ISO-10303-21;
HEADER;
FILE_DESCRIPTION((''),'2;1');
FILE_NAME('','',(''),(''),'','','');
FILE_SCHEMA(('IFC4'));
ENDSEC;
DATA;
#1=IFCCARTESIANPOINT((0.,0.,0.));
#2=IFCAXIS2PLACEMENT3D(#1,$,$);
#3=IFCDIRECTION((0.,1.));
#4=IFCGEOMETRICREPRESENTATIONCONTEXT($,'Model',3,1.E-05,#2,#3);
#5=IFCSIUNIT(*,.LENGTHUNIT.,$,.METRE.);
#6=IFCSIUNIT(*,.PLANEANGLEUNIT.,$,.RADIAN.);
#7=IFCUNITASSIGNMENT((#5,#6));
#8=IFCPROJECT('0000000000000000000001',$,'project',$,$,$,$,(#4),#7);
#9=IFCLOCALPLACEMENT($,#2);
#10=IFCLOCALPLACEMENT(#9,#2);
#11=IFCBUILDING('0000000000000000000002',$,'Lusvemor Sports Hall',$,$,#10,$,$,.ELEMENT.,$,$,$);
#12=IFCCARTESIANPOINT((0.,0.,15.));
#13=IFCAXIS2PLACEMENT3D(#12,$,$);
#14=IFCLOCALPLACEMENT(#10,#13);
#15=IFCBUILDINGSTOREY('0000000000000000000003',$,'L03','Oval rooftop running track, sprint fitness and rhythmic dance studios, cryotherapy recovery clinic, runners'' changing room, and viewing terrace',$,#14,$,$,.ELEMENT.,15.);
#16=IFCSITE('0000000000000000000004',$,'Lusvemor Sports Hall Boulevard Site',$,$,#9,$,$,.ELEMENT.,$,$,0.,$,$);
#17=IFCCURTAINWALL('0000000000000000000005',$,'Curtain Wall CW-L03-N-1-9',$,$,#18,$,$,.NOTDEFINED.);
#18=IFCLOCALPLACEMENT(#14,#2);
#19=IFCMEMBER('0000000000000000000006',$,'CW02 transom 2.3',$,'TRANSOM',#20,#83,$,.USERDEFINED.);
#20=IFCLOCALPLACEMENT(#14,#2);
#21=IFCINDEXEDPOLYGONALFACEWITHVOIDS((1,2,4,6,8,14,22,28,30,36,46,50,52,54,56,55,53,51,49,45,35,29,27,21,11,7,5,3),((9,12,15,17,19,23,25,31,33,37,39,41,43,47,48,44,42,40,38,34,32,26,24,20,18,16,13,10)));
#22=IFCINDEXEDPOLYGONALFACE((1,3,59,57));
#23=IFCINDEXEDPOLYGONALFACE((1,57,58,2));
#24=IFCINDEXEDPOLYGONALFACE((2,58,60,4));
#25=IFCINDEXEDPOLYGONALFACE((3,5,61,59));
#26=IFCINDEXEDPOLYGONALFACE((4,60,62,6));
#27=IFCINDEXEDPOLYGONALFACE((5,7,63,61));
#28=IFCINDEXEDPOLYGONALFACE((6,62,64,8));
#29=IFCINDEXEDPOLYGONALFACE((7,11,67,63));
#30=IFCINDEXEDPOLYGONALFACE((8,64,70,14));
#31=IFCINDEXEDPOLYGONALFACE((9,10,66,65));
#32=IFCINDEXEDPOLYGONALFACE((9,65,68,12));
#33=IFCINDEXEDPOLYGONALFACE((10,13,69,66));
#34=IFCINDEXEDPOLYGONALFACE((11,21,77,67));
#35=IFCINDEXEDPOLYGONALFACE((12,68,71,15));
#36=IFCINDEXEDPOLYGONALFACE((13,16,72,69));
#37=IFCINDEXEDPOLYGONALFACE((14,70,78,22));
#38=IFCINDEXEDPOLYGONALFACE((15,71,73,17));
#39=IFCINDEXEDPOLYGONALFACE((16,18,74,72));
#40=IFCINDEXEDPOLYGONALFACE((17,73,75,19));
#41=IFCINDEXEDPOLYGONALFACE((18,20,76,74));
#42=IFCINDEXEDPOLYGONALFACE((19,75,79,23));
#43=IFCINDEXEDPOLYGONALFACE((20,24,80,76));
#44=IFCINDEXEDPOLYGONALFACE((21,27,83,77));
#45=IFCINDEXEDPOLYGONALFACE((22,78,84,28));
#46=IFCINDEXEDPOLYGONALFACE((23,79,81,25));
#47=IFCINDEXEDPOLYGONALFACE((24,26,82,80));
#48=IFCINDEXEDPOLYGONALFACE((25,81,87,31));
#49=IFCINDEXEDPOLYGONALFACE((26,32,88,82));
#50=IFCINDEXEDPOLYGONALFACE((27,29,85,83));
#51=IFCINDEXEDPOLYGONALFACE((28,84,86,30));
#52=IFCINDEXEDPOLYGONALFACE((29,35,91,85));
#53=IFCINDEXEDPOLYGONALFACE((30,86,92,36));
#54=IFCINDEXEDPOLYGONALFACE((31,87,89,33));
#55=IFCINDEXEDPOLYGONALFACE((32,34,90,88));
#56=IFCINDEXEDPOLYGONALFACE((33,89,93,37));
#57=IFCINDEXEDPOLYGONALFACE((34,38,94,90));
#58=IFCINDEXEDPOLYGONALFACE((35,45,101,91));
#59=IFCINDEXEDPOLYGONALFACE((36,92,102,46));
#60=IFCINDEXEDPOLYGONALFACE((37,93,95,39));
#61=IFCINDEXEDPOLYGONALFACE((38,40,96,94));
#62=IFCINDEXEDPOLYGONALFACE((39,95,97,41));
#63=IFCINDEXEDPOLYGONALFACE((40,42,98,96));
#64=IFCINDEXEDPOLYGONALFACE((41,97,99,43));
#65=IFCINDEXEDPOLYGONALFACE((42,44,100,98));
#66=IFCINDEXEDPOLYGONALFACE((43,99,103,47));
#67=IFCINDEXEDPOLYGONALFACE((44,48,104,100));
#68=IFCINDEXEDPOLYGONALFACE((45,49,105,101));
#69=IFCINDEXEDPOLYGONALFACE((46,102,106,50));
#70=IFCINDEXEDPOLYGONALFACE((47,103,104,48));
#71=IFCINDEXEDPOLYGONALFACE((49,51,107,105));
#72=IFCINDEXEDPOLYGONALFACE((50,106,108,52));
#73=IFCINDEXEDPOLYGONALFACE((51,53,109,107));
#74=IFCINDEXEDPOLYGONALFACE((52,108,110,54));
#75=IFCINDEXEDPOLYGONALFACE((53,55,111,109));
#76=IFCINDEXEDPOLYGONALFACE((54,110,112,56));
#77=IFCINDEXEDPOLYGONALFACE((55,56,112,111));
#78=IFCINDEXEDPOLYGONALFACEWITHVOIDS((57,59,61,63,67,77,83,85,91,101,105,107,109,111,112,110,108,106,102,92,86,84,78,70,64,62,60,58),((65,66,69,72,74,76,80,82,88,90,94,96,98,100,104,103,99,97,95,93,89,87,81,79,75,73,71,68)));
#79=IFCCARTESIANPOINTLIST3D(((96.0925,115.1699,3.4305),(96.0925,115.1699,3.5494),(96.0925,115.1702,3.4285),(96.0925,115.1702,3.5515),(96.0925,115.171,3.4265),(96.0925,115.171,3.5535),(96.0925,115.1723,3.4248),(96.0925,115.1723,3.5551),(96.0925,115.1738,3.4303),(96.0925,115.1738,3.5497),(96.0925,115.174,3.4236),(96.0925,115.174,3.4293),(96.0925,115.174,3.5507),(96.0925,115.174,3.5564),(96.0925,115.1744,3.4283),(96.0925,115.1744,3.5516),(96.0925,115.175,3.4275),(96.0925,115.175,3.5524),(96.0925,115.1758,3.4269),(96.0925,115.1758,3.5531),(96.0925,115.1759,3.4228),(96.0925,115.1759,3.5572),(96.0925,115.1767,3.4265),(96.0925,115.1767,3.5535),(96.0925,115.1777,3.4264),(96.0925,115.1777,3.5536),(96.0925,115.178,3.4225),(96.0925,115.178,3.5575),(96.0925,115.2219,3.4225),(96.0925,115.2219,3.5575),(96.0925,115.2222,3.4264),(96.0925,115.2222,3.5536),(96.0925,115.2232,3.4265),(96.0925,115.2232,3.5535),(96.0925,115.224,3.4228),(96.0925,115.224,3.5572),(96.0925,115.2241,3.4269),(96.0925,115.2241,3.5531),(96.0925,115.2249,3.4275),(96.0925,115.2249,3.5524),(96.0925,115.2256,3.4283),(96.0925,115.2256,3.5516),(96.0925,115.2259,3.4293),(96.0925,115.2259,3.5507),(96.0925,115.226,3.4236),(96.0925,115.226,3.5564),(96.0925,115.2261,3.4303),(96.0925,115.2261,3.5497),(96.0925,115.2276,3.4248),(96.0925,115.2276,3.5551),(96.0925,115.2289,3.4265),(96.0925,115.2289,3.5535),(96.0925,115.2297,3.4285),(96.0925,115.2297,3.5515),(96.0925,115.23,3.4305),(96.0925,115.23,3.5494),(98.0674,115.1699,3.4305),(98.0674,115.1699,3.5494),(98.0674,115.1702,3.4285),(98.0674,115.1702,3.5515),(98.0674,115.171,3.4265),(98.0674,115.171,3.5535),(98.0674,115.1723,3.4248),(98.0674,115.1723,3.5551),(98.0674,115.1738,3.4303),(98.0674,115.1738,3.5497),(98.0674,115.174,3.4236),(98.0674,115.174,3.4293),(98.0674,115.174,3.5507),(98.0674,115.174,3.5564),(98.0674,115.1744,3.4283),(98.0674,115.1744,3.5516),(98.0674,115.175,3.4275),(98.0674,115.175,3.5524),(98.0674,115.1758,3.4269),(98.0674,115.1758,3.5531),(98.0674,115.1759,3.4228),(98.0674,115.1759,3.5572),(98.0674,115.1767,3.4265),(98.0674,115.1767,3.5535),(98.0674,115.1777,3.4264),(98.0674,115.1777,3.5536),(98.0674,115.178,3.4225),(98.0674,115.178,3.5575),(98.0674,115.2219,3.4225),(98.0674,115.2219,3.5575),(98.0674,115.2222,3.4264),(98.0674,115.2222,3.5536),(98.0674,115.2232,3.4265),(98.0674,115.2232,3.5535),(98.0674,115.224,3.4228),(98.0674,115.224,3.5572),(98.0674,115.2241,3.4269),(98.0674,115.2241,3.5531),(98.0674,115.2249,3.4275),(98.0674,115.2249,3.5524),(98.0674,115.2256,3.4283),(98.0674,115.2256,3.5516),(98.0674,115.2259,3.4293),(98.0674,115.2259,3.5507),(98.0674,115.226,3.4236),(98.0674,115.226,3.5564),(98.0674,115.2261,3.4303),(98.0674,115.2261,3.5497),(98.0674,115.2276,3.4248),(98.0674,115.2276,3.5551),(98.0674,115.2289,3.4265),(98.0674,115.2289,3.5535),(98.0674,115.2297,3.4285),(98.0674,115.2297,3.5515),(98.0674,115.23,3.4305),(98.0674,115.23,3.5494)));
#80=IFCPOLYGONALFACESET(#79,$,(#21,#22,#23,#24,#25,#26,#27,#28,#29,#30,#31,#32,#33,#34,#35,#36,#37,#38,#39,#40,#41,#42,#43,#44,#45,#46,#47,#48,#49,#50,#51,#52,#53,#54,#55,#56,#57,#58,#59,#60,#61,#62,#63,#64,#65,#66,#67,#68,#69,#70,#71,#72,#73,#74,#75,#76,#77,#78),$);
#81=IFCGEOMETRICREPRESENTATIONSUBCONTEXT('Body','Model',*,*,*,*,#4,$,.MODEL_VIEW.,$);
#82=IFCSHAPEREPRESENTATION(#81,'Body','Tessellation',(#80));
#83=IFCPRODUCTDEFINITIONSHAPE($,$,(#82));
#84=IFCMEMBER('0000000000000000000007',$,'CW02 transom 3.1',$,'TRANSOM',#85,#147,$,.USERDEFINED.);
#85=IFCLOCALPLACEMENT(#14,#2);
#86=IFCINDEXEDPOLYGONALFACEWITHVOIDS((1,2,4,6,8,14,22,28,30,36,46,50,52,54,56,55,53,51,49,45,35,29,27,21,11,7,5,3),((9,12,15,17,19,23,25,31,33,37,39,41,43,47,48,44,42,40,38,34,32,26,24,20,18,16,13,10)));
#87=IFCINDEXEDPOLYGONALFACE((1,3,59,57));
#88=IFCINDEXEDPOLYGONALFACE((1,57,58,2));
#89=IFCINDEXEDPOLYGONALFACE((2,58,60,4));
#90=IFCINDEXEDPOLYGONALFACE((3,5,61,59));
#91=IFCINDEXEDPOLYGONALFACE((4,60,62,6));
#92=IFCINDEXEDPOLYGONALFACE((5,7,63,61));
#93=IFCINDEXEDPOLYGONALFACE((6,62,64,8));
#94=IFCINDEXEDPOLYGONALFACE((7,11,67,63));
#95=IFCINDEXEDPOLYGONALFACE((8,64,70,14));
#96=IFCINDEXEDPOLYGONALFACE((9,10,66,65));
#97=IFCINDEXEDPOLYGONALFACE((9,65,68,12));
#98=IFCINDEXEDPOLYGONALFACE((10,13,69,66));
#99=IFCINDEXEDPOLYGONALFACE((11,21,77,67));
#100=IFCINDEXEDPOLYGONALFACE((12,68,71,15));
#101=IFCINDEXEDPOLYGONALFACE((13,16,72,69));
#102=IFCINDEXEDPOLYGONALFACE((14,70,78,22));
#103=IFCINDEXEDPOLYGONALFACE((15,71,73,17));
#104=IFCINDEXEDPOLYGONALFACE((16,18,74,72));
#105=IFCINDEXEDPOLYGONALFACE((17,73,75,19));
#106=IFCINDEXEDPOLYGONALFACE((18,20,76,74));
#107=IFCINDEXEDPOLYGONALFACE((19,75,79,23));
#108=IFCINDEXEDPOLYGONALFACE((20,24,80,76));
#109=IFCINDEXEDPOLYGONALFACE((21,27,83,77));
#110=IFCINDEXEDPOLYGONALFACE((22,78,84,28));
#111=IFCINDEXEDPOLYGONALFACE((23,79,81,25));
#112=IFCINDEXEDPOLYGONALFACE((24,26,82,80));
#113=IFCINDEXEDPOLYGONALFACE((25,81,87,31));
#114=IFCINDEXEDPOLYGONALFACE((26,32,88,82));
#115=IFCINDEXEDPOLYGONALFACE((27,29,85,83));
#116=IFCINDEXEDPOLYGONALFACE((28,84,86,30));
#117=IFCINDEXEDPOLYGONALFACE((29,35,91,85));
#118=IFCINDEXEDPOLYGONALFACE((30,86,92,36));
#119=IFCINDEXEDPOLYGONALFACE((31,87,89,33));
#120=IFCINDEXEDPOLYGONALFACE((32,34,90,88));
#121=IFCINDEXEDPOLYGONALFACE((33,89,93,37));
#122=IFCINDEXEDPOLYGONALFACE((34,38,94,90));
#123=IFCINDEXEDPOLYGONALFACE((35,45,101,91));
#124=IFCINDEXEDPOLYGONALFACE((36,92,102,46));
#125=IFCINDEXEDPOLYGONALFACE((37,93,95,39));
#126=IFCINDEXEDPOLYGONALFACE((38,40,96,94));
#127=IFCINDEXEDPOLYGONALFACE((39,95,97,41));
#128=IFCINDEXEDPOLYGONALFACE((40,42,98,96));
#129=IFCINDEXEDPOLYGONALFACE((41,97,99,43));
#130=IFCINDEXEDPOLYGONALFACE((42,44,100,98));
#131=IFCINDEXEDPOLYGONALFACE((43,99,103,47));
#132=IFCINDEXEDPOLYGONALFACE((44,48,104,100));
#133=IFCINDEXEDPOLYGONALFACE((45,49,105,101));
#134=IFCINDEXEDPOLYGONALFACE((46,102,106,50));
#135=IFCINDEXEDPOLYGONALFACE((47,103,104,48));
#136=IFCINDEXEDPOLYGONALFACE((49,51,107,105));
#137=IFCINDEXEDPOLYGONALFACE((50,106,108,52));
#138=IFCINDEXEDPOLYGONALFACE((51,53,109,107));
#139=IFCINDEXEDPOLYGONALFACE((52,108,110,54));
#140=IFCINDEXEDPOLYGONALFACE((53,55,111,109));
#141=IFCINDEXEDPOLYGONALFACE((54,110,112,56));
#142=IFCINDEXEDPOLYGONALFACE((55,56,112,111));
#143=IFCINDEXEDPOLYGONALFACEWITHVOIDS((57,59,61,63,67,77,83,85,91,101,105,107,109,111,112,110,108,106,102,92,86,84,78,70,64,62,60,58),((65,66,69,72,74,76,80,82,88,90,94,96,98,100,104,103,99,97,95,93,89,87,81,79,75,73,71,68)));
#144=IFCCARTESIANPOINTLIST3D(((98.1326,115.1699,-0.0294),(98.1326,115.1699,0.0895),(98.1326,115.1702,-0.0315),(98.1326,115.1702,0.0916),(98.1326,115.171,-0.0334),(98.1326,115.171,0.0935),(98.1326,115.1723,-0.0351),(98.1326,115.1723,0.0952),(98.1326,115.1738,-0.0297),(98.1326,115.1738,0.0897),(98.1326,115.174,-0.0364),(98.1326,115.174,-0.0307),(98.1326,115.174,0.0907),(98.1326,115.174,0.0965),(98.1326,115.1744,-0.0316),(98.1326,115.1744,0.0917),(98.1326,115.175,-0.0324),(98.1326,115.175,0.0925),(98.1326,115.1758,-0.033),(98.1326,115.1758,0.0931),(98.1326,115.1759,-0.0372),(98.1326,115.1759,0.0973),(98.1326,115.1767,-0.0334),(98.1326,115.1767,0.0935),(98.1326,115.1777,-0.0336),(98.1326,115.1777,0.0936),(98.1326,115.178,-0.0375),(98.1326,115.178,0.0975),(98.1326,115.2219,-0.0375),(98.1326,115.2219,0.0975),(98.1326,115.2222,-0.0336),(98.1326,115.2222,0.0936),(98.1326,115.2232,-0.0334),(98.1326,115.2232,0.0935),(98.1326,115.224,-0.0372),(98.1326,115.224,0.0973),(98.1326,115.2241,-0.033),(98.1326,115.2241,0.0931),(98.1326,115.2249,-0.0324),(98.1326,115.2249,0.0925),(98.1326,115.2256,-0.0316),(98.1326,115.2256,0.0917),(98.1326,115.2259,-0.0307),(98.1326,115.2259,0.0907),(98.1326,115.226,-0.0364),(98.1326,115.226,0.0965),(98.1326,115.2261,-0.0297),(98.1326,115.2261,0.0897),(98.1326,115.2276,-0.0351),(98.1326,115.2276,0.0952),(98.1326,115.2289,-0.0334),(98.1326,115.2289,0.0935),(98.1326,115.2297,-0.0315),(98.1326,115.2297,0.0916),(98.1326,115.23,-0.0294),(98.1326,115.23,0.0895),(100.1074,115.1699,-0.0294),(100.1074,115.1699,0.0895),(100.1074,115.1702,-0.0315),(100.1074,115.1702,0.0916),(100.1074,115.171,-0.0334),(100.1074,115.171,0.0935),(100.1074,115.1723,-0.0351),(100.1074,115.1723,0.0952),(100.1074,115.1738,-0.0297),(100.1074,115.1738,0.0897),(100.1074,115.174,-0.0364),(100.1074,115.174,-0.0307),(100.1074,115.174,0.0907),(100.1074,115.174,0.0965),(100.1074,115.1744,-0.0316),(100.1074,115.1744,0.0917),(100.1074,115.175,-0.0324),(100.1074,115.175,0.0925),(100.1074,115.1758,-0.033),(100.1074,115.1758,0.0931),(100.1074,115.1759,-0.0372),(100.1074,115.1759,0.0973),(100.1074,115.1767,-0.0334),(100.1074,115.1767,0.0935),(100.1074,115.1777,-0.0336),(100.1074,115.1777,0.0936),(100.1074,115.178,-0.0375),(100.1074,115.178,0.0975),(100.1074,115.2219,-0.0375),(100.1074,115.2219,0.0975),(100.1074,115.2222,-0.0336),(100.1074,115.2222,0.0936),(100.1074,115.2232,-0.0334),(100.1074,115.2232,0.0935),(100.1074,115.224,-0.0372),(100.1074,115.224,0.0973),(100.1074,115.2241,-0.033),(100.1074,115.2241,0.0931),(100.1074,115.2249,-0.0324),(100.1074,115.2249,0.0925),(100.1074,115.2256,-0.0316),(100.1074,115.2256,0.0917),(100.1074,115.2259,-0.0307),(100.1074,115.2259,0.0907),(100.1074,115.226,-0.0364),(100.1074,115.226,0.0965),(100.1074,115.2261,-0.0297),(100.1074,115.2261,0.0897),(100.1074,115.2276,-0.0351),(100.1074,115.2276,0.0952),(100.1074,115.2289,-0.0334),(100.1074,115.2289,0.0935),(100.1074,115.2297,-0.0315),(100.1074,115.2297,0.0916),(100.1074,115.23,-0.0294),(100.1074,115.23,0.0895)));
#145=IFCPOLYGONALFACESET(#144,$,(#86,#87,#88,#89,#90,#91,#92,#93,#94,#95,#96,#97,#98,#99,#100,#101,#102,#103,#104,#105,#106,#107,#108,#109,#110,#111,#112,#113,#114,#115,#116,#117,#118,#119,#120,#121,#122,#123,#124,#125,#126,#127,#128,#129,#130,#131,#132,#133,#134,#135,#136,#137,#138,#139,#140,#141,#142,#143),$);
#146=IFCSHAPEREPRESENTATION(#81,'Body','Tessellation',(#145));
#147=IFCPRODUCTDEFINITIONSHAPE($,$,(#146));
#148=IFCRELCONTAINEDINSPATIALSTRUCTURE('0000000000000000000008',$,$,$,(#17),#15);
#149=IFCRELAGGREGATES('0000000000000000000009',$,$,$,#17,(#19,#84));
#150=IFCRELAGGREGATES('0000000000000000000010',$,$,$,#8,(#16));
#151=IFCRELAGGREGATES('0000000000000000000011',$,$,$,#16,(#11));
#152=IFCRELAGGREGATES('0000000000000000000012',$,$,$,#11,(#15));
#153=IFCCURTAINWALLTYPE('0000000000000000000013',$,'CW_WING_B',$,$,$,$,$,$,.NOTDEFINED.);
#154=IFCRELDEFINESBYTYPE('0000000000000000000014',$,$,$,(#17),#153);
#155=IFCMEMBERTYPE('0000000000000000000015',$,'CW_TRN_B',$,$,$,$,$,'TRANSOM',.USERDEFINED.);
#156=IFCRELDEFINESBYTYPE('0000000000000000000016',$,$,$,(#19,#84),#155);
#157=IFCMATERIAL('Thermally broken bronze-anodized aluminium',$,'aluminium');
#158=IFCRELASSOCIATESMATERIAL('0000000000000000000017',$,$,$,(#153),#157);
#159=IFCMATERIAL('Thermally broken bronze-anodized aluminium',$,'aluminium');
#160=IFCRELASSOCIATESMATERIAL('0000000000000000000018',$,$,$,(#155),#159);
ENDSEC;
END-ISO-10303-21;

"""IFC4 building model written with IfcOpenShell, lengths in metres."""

from ifc_helpers import new_model, si_unit, direction, frame, origin, origin_2d, place, context, subcontext, project, spatial, hollow_rectangle, extrude, material, material_profile, profile_set, type_object, element, aggregate, save


model = new_model("IFC4")

# Units and contexts
model_context = context("Model", 3, precision=1e-05, world=origin(), true_north=direction((0.0, 1.0)))
body_context = subcontext(model_context, "Body", "Model", "MODEL_VIEW")
ifc_project = project(units=[si_unit("LENGTHUNIT", "METRE"), si_unit("PLANEANGLEUNIT", "RADIAN")], contexts=[model_context])

# Site, building, storey
site_placement = place(None, origin())
site = spatial("IfcSite", under=ifc_project, at=site_placement, Name="Lusvemor Sports Hall Boulevard Site", CompositionType="ELEMENT", RefElevation=0.0)
building_placement = place(site_placement, origin())
building = spatial("IfcBuilding", under=site, at=building_placement, Name="Lusvemor Sports Hall", CompositionType="ELEMENT")
storey_placement = place(building_placement, frame((0.0, 0.0, 15.0)))
storey = spatial("IfcBuildingStorey", under=building, at=storey_placement, Name="L03", Description="Oval rooftop running track, sprint fitness and rhythmic dance studios, cryotherapy recovery clinic, runners' changing room, and viewing terrace", CompositionType="ELEMENT", Elevation=15.0)

# Curtain wall, members
ifc_material_1 = material(Name="Thermally broken bronze-anodized aluminium", Category="aluminium")
curtain_wall_type = type_object("IfcCurtainWallType", Name="CW_WING_B", PredefinedType="NOTDEFINED", material=ifc_material_1)
curtain_wall_placement = place(storey_placement, origin())
curtain_wall = element("IfcCurtainWall", 1, at=curtain_wall_placement, inside=storey, type_object=curtain_wall_type, Name="Curtain Wall CW-L03-N-1-9", PredefinedType="NOTDEFINED")
ifc_material_2 = material(Name="Thermally broken bronze-anodized aluminium", Category="aluminium")
ifc_material_profile_1 = material_profile(ifc_material_2, hollow_rectangle(XDim=0.0601, YDim=0.135, WallThickness=0.0039, InnerFilletRadius=0.0039, OuterFilletRadius=0.0081, at=origin_2d()), Name="CWTRN135x60x4")
ifc_profile_set_1 = profile_set([ifc_material_profile_1], Name="Thermally broken bronze-anodized aluminium")
member_type_1 = type_object("IfcMemberType", Name="CW_TRN_B", ElementType="TRANSOM", PredefinedType="USERDEFINED", material=ifc_profile_set_1)
member_1_placement = place(storey_placement, frame((96.0925, 115.2, 3.49), z_axis=(1.0, 0.0, 0.0), x_axis=(0.0, 1.0, 0.0)))
member_1 = element("IfcMember", 2, at=member_1_placement, type_object=member_type_1, Name="CW02 transom 2.3", ObjectType="TRANSOM", PredefinedType="USERDEFINED", context=body_context, shape_type="SweptSolid", body=[
    extrude(hollow_rectangle(XDim=0.0601, YDim=0.135, WallThickness=0.0039, InnerFilletRadius=0.0039, OuterFilletRadius=0.0081, at=origin_2d()), origin(), (0.0, 0.0, 1.0), 1.9749),
])
member_2_placement = place(storey_placement, frame((98.1326, 115.2, 0.03), z_axis=(1.0, 0.0, 0.0), x_axis=(0.0, 1.0, 0.0)))
member_2 = element("IfcMember", 3, at=member_2_placement, type_object=member_type_1, Name="CW02 transom 3.1", ObjectType="TRANSOM", PredefinedType="USERDEFINED", context=body_context, shape_type="SweptSolid", body=[
    extrude(hollow_rectangle(XDim=0.0601, YDim=0.135, WallThickness=0.0039, InnerFilletRadius=0.0039, OuterFilletRadius=0.0081, at=origin_2d()), origin(), (0.0, 0.0, 1.0), 1.9749),
])

aggregate(curtain_wall, [member_1, member_2])

save(model, "model.ifc")
